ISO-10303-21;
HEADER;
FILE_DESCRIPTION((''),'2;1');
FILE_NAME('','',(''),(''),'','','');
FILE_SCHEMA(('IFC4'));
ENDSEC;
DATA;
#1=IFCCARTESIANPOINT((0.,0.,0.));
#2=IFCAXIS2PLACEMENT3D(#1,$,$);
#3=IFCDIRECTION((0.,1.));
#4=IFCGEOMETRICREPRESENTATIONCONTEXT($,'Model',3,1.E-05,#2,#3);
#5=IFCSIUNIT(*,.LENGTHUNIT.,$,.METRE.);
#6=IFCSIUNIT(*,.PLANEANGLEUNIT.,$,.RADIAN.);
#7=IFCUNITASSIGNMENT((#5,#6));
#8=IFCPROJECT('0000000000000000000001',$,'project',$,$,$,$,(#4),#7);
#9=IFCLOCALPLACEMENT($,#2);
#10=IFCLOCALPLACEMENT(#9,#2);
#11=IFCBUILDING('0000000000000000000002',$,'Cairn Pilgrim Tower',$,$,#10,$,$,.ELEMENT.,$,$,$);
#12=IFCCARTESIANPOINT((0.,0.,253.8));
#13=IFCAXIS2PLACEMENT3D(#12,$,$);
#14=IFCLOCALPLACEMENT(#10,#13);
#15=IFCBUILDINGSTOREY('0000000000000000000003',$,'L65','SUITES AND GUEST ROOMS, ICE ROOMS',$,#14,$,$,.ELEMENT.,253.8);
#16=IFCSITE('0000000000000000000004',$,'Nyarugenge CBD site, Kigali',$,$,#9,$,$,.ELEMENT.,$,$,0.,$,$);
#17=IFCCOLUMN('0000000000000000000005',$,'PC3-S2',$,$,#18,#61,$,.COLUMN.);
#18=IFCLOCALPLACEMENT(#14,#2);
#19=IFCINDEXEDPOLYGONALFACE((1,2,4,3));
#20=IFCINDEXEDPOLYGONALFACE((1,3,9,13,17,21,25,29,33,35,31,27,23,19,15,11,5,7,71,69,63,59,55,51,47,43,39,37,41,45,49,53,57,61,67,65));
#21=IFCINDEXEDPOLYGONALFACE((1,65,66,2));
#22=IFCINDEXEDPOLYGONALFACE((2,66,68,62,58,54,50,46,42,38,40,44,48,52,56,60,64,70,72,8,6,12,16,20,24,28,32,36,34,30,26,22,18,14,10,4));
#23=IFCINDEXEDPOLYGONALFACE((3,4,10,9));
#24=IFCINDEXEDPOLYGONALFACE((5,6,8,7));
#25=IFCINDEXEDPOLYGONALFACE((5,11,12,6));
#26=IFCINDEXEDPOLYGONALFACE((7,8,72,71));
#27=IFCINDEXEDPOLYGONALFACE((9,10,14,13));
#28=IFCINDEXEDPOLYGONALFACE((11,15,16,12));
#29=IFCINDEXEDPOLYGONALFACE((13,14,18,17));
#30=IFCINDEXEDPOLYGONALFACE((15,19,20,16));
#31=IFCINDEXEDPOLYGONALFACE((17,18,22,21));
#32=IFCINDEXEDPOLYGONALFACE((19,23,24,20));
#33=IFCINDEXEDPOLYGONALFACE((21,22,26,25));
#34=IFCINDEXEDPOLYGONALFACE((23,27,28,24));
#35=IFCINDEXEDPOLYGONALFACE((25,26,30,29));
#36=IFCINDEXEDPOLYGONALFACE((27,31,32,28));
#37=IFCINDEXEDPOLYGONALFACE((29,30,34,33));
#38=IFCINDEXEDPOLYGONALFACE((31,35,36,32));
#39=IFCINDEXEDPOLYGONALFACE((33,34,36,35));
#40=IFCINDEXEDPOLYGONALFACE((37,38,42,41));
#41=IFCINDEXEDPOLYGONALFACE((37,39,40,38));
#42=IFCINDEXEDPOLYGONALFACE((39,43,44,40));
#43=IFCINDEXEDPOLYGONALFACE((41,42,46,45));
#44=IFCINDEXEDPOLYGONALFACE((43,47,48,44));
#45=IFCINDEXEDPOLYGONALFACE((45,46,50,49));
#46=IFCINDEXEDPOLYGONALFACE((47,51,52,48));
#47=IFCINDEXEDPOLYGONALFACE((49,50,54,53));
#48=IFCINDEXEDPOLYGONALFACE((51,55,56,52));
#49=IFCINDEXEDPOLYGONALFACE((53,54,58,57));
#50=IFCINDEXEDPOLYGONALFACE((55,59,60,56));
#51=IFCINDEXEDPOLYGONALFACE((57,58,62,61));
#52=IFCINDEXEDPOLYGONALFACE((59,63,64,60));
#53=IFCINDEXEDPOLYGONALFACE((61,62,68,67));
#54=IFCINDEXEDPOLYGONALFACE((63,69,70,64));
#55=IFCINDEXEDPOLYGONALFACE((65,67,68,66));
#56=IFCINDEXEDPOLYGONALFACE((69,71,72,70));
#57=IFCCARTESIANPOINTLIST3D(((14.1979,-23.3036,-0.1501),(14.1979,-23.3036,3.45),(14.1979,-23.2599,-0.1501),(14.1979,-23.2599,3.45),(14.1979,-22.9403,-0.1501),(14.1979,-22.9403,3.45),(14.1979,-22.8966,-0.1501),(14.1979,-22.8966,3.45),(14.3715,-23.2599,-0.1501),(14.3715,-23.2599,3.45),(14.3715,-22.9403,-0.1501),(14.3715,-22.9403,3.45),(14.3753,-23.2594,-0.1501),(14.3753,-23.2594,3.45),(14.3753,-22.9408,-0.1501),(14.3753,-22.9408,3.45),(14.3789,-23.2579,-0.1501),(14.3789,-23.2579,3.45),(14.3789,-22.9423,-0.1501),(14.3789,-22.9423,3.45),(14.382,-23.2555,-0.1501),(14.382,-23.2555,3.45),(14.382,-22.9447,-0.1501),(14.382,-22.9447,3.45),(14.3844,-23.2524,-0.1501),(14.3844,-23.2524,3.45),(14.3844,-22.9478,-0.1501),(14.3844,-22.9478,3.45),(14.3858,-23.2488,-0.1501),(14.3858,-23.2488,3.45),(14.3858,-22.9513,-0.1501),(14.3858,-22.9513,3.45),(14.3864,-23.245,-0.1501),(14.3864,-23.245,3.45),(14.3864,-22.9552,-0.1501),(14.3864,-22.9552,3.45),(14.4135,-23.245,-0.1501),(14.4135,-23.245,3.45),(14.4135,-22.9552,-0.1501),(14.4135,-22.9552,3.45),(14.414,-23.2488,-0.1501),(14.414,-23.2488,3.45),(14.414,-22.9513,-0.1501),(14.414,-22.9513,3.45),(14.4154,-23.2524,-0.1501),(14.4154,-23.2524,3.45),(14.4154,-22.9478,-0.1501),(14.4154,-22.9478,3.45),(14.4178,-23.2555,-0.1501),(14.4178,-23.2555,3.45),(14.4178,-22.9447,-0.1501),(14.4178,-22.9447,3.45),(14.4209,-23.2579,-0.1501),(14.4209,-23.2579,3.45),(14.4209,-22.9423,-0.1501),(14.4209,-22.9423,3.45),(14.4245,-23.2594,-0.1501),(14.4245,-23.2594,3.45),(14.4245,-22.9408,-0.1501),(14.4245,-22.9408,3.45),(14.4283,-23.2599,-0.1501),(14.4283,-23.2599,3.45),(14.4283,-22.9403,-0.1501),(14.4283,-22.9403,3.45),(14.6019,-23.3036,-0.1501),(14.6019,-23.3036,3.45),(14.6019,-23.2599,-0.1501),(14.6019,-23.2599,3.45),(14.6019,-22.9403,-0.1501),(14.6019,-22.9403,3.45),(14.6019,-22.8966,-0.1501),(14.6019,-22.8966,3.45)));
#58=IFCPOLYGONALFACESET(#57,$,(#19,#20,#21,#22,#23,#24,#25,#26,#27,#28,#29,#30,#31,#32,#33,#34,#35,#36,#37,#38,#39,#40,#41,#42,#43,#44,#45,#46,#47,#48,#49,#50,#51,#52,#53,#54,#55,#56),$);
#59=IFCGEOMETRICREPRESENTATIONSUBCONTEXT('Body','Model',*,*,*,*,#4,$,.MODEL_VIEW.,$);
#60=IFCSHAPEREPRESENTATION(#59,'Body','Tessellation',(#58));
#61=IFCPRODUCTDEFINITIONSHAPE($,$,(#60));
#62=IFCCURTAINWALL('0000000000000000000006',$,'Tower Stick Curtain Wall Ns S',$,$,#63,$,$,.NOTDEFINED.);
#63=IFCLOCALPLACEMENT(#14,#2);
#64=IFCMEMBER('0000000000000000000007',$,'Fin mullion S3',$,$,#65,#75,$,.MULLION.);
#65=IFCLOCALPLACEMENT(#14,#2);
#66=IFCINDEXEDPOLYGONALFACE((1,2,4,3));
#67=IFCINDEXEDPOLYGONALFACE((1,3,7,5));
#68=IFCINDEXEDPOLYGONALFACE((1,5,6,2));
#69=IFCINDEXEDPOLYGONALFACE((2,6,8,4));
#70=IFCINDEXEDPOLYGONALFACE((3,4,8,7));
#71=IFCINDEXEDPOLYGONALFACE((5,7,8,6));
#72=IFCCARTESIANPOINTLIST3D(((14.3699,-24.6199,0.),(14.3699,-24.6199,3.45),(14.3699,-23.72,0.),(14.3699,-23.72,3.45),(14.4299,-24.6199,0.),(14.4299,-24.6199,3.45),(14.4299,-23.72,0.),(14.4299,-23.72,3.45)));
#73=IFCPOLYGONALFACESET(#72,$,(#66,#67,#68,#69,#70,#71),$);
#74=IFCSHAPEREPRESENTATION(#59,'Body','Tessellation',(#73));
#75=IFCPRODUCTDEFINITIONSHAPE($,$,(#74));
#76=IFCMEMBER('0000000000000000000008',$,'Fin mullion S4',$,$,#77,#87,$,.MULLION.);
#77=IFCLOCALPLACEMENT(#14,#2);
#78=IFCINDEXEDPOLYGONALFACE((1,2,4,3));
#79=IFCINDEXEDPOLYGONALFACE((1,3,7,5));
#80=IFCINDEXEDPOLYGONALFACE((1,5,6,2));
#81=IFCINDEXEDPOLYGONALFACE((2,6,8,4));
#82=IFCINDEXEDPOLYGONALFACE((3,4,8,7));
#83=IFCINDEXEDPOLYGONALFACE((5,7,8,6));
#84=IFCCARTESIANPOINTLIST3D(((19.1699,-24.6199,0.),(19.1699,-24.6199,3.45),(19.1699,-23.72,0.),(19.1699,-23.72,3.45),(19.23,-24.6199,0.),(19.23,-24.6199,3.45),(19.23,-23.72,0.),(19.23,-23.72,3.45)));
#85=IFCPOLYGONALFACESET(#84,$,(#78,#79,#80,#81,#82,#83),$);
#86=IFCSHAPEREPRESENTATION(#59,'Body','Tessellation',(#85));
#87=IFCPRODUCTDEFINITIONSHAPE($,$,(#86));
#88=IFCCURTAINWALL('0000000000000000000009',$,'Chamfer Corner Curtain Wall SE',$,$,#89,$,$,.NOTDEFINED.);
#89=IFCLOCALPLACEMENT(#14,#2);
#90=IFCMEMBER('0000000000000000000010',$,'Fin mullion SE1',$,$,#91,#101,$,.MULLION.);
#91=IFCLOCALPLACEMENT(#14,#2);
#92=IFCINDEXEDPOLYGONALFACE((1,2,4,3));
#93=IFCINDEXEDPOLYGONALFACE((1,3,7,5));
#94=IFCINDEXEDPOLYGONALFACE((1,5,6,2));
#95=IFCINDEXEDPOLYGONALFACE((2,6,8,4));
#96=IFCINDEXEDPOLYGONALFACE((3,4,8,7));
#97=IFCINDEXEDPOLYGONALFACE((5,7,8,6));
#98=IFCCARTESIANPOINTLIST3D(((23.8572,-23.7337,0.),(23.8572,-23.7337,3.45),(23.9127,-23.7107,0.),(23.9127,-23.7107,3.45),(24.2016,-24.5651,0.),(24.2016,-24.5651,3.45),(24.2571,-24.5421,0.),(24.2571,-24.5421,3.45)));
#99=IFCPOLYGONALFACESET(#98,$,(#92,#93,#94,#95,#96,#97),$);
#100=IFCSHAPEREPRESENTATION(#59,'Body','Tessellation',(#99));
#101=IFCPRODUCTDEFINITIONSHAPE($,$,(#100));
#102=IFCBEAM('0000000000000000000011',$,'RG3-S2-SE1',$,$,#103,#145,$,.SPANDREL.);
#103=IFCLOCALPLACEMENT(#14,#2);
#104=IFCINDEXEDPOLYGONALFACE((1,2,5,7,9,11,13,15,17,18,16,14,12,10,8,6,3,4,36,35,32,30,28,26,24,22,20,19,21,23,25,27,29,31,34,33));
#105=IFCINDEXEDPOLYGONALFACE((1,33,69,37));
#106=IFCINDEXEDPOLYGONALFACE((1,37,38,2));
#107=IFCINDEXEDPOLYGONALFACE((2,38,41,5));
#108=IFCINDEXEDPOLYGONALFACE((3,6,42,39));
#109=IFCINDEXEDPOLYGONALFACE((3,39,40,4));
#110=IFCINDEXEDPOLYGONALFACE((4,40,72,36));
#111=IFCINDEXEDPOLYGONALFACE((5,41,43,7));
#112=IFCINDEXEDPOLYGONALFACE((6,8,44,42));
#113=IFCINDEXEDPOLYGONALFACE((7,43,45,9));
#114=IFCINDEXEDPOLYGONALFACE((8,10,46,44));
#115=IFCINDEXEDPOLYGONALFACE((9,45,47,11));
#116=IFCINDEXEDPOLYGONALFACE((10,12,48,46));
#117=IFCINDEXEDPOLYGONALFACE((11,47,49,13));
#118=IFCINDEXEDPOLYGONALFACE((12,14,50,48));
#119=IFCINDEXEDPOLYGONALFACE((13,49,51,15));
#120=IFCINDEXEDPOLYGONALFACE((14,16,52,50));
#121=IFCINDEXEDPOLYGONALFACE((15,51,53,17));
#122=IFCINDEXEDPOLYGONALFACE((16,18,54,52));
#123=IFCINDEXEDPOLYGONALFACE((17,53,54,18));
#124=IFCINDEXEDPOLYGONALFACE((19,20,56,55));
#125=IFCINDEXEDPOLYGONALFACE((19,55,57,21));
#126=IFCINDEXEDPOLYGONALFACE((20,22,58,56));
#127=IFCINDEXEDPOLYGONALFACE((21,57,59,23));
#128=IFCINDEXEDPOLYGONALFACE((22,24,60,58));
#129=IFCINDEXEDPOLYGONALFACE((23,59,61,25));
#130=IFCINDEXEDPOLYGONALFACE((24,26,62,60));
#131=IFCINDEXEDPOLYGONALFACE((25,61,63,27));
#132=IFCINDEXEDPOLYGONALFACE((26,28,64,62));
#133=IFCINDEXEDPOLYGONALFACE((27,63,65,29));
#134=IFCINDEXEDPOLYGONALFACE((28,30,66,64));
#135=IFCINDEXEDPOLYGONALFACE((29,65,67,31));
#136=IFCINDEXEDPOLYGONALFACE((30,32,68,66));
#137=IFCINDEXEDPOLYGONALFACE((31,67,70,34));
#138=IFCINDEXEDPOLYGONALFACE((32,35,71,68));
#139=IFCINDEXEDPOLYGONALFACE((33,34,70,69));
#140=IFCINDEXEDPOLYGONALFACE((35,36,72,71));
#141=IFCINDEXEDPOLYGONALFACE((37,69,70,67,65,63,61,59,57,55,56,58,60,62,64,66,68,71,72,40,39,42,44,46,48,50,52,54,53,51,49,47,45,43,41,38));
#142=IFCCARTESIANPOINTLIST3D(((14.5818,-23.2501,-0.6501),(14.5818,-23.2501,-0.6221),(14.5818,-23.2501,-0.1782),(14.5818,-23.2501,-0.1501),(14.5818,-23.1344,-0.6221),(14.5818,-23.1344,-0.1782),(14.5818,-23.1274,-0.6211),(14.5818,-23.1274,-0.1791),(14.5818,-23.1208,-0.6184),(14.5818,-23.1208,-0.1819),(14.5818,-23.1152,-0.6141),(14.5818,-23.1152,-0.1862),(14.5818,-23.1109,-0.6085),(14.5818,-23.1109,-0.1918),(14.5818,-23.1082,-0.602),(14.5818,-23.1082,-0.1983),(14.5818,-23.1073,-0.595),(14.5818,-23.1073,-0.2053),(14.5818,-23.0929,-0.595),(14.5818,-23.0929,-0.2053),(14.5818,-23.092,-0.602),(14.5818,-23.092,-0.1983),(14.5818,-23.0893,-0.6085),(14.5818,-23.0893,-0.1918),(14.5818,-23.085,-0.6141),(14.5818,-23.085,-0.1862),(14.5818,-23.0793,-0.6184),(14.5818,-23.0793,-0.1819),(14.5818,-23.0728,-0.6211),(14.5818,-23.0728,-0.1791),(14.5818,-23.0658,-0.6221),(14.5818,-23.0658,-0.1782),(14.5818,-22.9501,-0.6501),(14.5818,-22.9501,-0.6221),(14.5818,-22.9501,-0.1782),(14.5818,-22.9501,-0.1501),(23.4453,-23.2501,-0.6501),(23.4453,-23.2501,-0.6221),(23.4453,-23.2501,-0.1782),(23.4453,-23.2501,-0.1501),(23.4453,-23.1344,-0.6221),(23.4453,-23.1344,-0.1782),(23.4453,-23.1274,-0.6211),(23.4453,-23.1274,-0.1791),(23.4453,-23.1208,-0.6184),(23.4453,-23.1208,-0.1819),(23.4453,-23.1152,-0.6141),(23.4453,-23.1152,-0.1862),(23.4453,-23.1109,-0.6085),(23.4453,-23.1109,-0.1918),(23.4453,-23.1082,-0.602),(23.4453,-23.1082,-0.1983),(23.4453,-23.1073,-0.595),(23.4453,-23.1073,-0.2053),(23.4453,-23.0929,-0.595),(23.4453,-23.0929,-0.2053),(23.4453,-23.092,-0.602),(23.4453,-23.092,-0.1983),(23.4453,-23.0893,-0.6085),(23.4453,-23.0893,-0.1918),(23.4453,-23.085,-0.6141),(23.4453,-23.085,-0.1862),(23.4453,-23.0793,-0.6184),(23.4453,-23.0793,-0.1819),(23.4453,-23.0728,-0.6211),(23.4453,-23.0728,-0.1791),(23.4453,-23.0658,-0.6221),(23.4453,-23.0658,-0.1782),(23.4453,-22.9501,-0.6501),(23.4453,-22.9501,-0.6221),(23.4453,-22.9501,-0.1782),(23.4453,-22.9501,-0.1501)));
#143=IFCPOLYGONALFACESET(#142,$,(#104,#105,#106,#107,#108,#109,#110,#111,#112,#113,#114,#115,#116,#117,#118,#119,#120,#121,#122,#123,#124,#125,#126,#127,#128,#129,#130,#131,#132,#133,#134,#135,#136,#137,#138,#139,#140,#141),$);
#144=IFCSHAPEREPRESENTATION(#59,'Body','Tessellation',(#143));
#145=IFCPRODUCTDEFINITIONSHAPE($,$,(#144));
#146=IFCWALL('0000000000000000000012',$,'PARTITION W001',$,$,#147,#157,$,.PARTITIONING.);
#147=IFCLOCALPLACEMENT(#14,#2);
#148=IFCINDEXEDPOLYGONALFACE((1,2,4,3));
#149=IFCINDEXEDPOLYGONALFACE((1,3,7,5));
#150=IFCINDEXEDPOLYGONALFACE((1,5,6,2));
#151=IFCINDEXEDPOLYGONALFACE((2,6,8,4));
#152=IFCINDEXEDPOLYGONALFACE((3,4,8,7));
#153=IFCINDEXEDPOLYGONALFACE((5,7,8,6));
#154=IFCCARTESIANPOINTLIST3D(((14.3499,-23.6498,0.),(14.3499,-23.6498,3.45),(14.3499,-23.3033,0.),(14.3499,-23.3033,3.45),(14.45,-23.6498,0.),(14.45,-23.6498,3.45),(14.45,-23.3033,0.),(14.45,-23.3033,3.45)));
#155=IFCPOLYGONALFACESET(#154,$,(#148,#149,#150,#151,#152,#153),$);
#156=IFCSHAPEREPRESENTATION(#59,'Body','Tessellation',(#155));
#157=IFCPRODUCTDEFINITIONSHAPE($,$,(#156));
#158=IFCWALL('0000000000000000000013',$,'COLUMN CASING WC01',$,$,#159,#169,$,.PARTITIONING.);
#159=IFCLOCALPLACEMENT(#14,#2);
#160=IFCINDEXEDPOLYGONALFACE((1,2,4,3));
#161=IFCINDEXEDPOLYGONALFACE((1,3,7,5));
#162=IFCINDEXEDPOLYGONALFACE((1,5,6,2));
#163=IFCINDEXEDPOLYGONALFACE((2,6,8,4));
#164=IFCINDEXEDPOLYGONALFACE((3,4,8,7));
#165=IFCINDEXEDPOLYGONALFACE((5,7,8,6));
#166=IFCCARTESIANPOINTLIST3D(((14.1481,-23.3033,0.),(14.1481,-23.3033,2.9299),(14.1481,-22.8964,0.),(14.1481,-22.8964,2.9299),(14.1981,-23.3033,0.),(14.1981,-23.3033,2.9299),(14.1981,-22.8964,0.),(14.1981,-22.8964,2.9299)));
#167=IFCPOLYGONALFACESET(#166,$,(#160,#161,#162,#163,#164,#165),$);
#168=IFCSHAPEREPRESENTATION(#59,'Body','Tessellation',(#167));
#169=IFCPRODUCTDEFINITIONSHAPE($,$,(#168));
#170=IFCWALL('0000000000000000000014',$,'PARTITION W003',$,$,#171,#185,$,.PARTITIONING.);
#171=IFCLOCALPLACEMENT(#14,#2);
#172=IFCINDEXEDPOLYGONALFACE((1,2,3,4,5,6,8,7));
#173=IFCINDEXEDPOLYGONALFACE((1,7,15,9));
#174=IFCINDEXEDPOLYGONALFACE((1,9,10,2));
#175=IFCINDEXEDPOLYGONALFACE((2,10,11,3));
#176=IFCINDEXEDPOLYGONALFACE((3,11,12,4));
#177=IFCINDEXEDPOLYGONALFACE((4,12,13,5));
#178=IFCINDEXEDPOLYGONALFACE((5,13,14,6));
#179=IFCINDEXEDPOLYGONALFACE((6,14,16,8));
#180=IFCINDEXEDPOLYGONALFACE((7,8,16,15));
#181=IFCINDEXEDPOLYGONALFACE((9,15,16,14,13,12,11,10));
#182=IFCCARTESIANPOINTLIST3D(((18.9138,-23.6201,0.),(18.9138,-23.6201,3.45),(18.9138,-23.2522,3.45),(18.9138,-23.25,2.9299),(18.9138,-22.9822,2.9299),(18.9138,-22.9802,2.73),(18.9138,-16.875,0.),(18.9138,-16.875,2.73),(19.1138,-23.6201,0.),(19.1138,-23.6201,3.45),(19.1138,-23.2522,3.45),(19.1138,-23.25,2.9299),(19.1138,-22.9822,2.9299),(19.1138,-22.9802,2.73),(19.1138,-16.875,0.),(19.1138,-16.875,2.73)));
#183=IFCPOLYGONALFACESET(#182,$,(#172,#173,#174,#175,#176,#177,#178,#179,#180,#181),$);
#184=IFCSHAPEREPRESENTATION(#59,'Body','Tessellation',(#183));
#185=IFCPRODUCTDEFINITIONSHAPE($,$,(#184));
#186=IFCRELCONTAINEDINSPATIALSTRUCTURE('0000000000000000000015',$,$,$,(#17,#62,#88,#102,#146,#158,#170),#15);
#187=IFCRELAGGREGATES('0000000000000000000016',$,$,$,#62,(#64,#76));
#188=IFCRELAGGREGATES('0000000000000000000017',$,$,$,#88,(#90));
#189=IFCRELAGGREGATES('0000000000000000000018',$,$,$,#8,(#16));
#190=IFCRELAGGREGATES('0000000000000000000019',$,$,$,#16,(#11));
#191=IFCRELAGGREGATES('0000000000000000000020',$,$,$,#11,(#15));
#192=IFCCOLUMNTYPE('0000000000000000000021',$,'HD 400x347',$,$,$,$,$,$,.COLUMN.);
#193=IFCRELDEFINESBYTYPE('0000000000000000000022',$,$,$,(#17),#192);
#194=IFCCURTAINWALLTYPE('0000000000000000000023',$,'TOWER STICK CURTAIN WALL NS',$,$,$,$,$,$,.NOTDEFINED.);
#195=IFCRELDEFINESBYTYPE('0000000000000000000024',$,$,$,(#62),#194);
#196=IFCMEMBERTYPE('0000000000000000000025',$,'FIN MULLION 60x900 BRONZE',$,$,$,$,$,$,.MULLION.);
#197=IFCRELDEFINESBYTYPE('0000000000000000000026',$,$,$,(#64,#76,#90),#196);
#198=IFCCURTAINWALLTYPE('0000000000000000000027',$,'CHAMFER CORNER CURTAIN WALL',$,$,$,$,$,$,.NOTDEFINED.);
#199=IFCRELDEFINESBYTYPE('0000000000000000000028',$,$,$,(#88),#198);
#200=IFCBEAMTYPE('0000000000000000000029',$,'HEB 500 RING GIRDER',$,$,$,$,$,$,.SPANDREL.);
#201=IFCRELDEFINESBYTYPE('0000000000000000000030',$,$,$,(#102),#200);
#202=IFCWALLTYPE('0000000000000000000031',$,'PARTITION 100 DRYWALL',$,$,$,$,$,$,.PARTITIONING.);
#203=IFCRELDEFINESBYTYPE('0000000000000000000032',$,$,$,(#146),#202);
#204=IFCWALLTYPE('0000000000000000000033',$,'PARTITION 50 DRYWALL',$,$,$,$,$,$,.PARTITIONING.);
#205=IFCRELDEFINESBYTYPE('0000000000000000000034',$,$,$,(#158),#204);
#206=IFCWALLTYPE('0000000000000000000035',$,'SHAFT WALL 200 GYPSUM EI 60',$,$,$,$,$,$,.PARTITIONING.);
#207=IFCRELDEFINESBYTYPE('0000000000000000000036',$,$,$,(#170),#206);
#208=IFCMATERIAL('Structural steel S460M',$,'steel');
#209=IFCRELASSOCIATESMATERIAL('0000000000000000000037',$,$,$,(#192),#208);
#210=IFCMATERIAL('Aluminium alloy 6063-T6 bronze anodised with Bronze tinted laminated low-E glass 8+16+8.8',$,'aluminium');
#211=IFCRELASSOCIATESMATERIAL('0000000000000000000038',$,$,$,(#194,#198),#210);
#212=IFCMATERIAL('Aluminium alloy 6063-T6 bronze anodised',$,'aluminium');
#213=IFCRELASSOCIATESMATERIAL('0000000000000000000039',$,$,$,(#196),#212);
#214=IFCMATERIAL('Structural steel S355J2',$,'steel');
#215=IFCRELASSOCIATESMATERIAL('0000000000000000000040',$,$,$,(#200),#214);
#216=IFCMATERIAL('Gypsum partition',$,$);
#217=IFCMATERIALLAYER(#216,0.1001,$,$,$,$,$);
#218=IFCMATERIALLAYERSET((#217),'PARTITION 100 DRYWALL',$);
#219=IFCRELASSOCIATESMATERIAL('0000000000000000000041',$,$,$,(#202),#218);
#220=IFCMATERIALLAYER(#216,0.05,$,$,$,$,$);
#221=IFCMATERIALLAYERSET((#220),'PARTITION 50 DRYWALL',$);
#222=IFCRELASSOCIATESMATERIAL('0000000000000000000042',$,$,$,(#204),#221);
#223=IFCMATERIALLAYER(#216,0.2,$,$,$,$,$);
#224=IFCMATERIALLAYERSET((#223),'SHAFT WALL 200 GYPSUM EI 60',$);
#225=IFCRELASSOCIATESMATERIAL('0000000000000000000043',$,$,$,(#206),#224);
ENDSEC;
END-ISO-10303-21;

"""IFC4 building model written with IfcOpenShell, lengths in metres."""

from ifc_helpers import new_model, si_unit, direction, frame, frame_2d, origin, origin_2d, place, context, subcontext, project, spatial, polyline, rectangle, i_section, outline, extrude, material, layer, layer_set, material_profile, profile_set, type_object, element, aggregate, save


model = new_model("IFC4")

# Units and contexts
model_context = context("Model", 3, precision=1e-05, world=origin(), true_north=direction((0.0, 1.0)))
body_context = subcontext(model_context, "Body", "Model", "MODEL_VIEW")
ifc_project = project(units=[si_unit("LENGTHUNIT", "METRE"), si_unit("PLANEANGLEUNIT", "RADIAN")], contexts=[model_context])

# Site, building, storey
site_placement = place(None, origin())
site = spatial("IfcSite", under=ifc_project, at=site_placement, Name="Nyarugenge CBD site, Kigali", CompositionType="ELEMENT", RefElevation=0.0)
building_placement = place(site_placement, origin())
building = spatial("IfcBuilding", under=site, at=building_placement, Name="Cairn Pilgrim Tower", CompositionType="ELEMENT")
storey_placement = place(building_placement, frame((0.0, 0.0, 253.8)))
storey = spatial("IfcBuildingStorey", under=building, at=storey_placement, Name="L65", Description="SUITES AND GUEST ROOMS, ICE ROOMS", CompositionType="ELEMENT", Elevation=253.8)

# Column
ifc_material_1 = material(Name="Structural steel S460M", Category="steel")
ifc_material_profile_1 = material_profile(ifc_material_1, i_section(OverallWidth=0.4041, OverallDepth=0.407, WebThickness=0.0271, FlangeThickness=0.0437, FilletRadius=0.0149, at=origin_2d()), Name="HD 400x347")
ifc_profile_set_1 = profile_set([ifc_material_profile_1], Name="Structural steel S460M")
column_type = type_object("IfcColumnType", Name="HD 400x347", PredefinedType="COLUMN", material=ifc_profile_set_1)
column_placement = place(storey_placement, frame((14.3999, -23.1001, -0.1501), z_axis=(0.0, 0.0, 1.0), x_axis=(1.0, 0.0, 0.0)))
element("IfcColumn", 1, at=column_placement, inside=storey, type_object=column_type, Name="PC3-S2", PredefinedType="COLUMN", context=body_context, shape_type="SweptSolid", body=[
    extrude(i_section(OverallWidth=0.4041, OverallDepth=0.407, WebThickness=0.0271, FlangeThickness=0.0437, FilletRadius=0.0149, at=origin_2d()), origin(), (0.0, 0.0, 1.0), 3.6001),
])

# Curtain wall, members
ifc_material_2 = material(Name="Aluminium alloy 6063-T6 bronze anodised with Bronze tinted laminated low-E glass 8+16+8.8", Category="aluminium")
curtain_wall_type_1 = type_object("IfcCurtainWallType", Name="TOWER STICK CURTAIN WALL NS", PredefinedType="NOTDEFINED", material=ifc_material_2)
curtain_wall_1_placement = place(storey_placement, origin())
curtain_wall_1 = element("IfcCurtainWall", 2, at=curtain_wall_1_placement, inside=storey, type_object=curtain_wall_type_1, Name="Tower Stick Curtain Wall Ns S", PredefinedType="NOTDEFINED")
ifc_material_3 = material(Name="Aluminium alloy 6063-T6 bronze anodised", Category="aluminium")
ifc_material_profile_2 = material_profile(ifc_material_3, rectangle(XDim=0.8999, YDim=0.0601, at=origin_2d()), Name="FIN MULLION 60x900 BRONZE")
ifc_profile_set_2 = profile_set([ifc_material_profile_2], Name="Aluminium alloy 6063-T6 bronze anodised")
member_type = type_object("IfcMemberType", Name="FIN MULLION 60x900 BRONZE", PredefinedType="MULLION", material=ifc_profile_set_2)
member_1_placement = place(storey_placement, frame((14.3999, -24.1699, 0.0), z_axis=(0.0, 0.0, 1.0), x_axis=(0.0, -1.0, 0.0)))
member_1 = element("IfcMember", 3, at=member_1_placement, type_object=member_type, Name="Fin mullion S3", PredefinedType="MULLION", context=body_context, shape_type="SweptSolid", body=[
    extrude(rectangle(XDim=0.8999, YDim=0.0601, at=origin_2d()), origin(), (0.0, 0.0, 1.0), 3.45),
])
member_2_placement = place(storey_placement, frame((19.2, -24.1699, 0.0), z_axis=(0.0, 0.0, 1.0), x_axis=(0.0, -1.0, 0.0)))
member_2 = element("IfcMember", 4, at=member_2_placement, type_object=member_type, Name="Fin mullion S4", PredefinedType="MULLION", context=body_context, shape_type="SweptSolid", body=[
    extrude(rectangle(XDim=0.8999, YDim=0.0601, at=origin_2d()), origin(), (0.0, 0.0, 1.0), 3.45),
])
aggregate(curtain_wall_1, [member_1, member_2])

# Curtain wall, member
curtain_wall_type_2 = type_object("IfcCurtainWallType", Name="CHAMFER CORNER CURTAIN WALL", PredefinedType="NOTDEFINED", material=ifc_material_2)
curtain_wall_2_placement = place(storey_placement, origin())
curtain_wall_2 = element("IfcCurtainWall", 5, at=curtain_wall_2_placement, inside=storey, type_object=curtain_wall_type_2, Name="Chamfer Corner Curtain Wall SE", PredefinedType="NOTDEFINED")
member_3_placement = place(storey_placement, frame((24.0571, -24.1379, 0.0), z_axis=(0.0, 0.0, 1.0), x_axis=(0.382683, -0.92388, 0.0)))
member_3 = element("IfcMember", 6, at=member_3_placement, type_object=member_type, Name="Fin mullion SE1", PredefinedType="MULLION", context=body_context, shape_type="SweptSolid", body=[
    extrude(rectangle(XDim=0.8999, YDim=0.0601, at=origin_2d()), origin(), (0.0, 0.0, 1.0), 3.45),
])
aggregate(curtain_wall_2, [member_3])

# Beam
ifc_material_4 = material(Name="Structural steel S355J2", Category="steel")
ifc_material_profile_3 = material_profile(ifc_material_4, i_section(OverallWidth=0.3, OverallDepth=0.5, WebThickness=0.0144, FlangeThickness=0.0281, FilletRadius=0.0271, at=origin_2d()), Name="HEB 500")
ifc_profile_set_3 = profile_set([ifc_material_profile_3], Name="Structural steel S355J2")
beam_type = type_object("IfcBeamType", Name="HEB 500 RING GIRDER", PredefinedType="SPANDREL", material=ifc_profile_set_3)
beam_placement = place(storey_placement, frame((14.5818, -23.1001, -0.4001), z_axis=(1.0, 0.0, 0.0), x_axis=(0.0, 1.0, 0.0)))
element("IfcBeam", 7, at=beam_placement, inside=storey, type_object=beam_type, Name="RG3-S2-SE1", PredefinedType="SPANDREL", context=body_context, shape_type="SweptSolid", body=[
    extrude(i_section(OverallWidth=0.3, OverallDepth=0.5, WebThickness=0.0144, FlangeThickness=0.0281, FilletRadius=0.0271, at=origin_2d()), origin(), (0.0, 0.0, 1.0), 8.8635),
])

# Walls
ifc_material_5 = material(Name="Gypsum partition")
ifc_layer_1 = layer(ifc_material_5, 0.1001)
ifc_layer_set_1 = layer_set([ifc_layer_1], Name="PARTITION 100 DRYWALL")
wall_type_1 = type_object("IfcWallType", Name="PARTITION 100 DRYWALL", PredefinedType="PARTITIONING", material=ifc_layer_set_1)
wall_1_placement = place(storey_placement, frame((14.3999, -23.6499, 0.0), z_axis=(0.0, 0.0, 1.0), x_axis=(0.0, 1.0, 0.0)))
element("IfcWall", 8, at=wall_1_placement, inside=storey, type_object=wall_type_1, Name="PARTITION W001", PredefinedType="PARTITIONING", context=body_context, shape_type="SweptSolid", body=[
    extrude(rectangle(XDim=0.3464, YDim=0.1001, at=frame_2d((0.1733, 0.0))), origin(), (0.0, 0.0, 1.0), 3.45),
])
ifc_layer_2 = layer(ifc_material_5, 0.05)
ifc_layer_set_2 = layer_set([ifc_layer_2], Name="PARTITION 50 DRYWALL")
wall_type_2 = type_object("IfcWallType", Name="PARTITION 50 DRYWALL", PredefinedType="PARTITIONING", material=ifc_layer_set_2)
wall_2_placement = place(storey_placement, frame((14.1731, -23.3035, 0.0), z_axis=(0.0, 0.0, 1.0), x_axis=(0.0, 1.0, 0.0)))
element("IfcWall", 9, at=wall_2_placement, inside=storey, type_object=wall_type_2, Name="COLUMN CASING WC01", PredefinedType="PARTITIONING", context=body_context, shape_type="SweptSolid", body=[
    extrude(rectangle(XDim=0.407, YDim=0.05, at=frame_2d((0.2036, 0.0))), origin(), (0.0, 0.0, 1.0), 2.9299),
])
ifc_layer_3 = layer(ifc_material_5, 0.2)
ifc_layer_set_3 = layer_set([ifc_layer_3], Name="SHAFT WALL 200 GYPSUM EI 60")
wall_type_3 = type_object("IfcWallType", Name="SHAFT WALL 200 GYPSUM EI 60", PredefinedType="PARTITIONING", material=ifc_layer_set_3)
wall_3_placement = place(storey_placement, frame((19.0139, -23.6201, 0.0), z_axis=(0.0, 0.0, 1.0), x_axis=(0.0, 1.0, 0.0)))
element("IfcWall", 10, at=wall_3_placement, inside=storey, type_object=wall_type_3, Name="PARTITION W003", PredefinedType="PARTITIONING", context=body_context, shape_type="SweptSolid", body=[
    extrude(outline(polyline([(0.0, 0.0), (6.7451, 0.0), (6.7451, 2.73), (0.6399, 2.73), (0.6379, 2.9299), (0.3701, 2.9299), (0.3679, 3.45), (0.0, 3.45), (0.0, 0.0)])), frame((0.0, 0.1001, 0.0), z_axis=(0.0, -1.0, 0.0), x_axis=(1.0, 0.0, 0.0)), (0.0, 0.0, 1.0), 0.2),
])

save(model, "model.ifc")
